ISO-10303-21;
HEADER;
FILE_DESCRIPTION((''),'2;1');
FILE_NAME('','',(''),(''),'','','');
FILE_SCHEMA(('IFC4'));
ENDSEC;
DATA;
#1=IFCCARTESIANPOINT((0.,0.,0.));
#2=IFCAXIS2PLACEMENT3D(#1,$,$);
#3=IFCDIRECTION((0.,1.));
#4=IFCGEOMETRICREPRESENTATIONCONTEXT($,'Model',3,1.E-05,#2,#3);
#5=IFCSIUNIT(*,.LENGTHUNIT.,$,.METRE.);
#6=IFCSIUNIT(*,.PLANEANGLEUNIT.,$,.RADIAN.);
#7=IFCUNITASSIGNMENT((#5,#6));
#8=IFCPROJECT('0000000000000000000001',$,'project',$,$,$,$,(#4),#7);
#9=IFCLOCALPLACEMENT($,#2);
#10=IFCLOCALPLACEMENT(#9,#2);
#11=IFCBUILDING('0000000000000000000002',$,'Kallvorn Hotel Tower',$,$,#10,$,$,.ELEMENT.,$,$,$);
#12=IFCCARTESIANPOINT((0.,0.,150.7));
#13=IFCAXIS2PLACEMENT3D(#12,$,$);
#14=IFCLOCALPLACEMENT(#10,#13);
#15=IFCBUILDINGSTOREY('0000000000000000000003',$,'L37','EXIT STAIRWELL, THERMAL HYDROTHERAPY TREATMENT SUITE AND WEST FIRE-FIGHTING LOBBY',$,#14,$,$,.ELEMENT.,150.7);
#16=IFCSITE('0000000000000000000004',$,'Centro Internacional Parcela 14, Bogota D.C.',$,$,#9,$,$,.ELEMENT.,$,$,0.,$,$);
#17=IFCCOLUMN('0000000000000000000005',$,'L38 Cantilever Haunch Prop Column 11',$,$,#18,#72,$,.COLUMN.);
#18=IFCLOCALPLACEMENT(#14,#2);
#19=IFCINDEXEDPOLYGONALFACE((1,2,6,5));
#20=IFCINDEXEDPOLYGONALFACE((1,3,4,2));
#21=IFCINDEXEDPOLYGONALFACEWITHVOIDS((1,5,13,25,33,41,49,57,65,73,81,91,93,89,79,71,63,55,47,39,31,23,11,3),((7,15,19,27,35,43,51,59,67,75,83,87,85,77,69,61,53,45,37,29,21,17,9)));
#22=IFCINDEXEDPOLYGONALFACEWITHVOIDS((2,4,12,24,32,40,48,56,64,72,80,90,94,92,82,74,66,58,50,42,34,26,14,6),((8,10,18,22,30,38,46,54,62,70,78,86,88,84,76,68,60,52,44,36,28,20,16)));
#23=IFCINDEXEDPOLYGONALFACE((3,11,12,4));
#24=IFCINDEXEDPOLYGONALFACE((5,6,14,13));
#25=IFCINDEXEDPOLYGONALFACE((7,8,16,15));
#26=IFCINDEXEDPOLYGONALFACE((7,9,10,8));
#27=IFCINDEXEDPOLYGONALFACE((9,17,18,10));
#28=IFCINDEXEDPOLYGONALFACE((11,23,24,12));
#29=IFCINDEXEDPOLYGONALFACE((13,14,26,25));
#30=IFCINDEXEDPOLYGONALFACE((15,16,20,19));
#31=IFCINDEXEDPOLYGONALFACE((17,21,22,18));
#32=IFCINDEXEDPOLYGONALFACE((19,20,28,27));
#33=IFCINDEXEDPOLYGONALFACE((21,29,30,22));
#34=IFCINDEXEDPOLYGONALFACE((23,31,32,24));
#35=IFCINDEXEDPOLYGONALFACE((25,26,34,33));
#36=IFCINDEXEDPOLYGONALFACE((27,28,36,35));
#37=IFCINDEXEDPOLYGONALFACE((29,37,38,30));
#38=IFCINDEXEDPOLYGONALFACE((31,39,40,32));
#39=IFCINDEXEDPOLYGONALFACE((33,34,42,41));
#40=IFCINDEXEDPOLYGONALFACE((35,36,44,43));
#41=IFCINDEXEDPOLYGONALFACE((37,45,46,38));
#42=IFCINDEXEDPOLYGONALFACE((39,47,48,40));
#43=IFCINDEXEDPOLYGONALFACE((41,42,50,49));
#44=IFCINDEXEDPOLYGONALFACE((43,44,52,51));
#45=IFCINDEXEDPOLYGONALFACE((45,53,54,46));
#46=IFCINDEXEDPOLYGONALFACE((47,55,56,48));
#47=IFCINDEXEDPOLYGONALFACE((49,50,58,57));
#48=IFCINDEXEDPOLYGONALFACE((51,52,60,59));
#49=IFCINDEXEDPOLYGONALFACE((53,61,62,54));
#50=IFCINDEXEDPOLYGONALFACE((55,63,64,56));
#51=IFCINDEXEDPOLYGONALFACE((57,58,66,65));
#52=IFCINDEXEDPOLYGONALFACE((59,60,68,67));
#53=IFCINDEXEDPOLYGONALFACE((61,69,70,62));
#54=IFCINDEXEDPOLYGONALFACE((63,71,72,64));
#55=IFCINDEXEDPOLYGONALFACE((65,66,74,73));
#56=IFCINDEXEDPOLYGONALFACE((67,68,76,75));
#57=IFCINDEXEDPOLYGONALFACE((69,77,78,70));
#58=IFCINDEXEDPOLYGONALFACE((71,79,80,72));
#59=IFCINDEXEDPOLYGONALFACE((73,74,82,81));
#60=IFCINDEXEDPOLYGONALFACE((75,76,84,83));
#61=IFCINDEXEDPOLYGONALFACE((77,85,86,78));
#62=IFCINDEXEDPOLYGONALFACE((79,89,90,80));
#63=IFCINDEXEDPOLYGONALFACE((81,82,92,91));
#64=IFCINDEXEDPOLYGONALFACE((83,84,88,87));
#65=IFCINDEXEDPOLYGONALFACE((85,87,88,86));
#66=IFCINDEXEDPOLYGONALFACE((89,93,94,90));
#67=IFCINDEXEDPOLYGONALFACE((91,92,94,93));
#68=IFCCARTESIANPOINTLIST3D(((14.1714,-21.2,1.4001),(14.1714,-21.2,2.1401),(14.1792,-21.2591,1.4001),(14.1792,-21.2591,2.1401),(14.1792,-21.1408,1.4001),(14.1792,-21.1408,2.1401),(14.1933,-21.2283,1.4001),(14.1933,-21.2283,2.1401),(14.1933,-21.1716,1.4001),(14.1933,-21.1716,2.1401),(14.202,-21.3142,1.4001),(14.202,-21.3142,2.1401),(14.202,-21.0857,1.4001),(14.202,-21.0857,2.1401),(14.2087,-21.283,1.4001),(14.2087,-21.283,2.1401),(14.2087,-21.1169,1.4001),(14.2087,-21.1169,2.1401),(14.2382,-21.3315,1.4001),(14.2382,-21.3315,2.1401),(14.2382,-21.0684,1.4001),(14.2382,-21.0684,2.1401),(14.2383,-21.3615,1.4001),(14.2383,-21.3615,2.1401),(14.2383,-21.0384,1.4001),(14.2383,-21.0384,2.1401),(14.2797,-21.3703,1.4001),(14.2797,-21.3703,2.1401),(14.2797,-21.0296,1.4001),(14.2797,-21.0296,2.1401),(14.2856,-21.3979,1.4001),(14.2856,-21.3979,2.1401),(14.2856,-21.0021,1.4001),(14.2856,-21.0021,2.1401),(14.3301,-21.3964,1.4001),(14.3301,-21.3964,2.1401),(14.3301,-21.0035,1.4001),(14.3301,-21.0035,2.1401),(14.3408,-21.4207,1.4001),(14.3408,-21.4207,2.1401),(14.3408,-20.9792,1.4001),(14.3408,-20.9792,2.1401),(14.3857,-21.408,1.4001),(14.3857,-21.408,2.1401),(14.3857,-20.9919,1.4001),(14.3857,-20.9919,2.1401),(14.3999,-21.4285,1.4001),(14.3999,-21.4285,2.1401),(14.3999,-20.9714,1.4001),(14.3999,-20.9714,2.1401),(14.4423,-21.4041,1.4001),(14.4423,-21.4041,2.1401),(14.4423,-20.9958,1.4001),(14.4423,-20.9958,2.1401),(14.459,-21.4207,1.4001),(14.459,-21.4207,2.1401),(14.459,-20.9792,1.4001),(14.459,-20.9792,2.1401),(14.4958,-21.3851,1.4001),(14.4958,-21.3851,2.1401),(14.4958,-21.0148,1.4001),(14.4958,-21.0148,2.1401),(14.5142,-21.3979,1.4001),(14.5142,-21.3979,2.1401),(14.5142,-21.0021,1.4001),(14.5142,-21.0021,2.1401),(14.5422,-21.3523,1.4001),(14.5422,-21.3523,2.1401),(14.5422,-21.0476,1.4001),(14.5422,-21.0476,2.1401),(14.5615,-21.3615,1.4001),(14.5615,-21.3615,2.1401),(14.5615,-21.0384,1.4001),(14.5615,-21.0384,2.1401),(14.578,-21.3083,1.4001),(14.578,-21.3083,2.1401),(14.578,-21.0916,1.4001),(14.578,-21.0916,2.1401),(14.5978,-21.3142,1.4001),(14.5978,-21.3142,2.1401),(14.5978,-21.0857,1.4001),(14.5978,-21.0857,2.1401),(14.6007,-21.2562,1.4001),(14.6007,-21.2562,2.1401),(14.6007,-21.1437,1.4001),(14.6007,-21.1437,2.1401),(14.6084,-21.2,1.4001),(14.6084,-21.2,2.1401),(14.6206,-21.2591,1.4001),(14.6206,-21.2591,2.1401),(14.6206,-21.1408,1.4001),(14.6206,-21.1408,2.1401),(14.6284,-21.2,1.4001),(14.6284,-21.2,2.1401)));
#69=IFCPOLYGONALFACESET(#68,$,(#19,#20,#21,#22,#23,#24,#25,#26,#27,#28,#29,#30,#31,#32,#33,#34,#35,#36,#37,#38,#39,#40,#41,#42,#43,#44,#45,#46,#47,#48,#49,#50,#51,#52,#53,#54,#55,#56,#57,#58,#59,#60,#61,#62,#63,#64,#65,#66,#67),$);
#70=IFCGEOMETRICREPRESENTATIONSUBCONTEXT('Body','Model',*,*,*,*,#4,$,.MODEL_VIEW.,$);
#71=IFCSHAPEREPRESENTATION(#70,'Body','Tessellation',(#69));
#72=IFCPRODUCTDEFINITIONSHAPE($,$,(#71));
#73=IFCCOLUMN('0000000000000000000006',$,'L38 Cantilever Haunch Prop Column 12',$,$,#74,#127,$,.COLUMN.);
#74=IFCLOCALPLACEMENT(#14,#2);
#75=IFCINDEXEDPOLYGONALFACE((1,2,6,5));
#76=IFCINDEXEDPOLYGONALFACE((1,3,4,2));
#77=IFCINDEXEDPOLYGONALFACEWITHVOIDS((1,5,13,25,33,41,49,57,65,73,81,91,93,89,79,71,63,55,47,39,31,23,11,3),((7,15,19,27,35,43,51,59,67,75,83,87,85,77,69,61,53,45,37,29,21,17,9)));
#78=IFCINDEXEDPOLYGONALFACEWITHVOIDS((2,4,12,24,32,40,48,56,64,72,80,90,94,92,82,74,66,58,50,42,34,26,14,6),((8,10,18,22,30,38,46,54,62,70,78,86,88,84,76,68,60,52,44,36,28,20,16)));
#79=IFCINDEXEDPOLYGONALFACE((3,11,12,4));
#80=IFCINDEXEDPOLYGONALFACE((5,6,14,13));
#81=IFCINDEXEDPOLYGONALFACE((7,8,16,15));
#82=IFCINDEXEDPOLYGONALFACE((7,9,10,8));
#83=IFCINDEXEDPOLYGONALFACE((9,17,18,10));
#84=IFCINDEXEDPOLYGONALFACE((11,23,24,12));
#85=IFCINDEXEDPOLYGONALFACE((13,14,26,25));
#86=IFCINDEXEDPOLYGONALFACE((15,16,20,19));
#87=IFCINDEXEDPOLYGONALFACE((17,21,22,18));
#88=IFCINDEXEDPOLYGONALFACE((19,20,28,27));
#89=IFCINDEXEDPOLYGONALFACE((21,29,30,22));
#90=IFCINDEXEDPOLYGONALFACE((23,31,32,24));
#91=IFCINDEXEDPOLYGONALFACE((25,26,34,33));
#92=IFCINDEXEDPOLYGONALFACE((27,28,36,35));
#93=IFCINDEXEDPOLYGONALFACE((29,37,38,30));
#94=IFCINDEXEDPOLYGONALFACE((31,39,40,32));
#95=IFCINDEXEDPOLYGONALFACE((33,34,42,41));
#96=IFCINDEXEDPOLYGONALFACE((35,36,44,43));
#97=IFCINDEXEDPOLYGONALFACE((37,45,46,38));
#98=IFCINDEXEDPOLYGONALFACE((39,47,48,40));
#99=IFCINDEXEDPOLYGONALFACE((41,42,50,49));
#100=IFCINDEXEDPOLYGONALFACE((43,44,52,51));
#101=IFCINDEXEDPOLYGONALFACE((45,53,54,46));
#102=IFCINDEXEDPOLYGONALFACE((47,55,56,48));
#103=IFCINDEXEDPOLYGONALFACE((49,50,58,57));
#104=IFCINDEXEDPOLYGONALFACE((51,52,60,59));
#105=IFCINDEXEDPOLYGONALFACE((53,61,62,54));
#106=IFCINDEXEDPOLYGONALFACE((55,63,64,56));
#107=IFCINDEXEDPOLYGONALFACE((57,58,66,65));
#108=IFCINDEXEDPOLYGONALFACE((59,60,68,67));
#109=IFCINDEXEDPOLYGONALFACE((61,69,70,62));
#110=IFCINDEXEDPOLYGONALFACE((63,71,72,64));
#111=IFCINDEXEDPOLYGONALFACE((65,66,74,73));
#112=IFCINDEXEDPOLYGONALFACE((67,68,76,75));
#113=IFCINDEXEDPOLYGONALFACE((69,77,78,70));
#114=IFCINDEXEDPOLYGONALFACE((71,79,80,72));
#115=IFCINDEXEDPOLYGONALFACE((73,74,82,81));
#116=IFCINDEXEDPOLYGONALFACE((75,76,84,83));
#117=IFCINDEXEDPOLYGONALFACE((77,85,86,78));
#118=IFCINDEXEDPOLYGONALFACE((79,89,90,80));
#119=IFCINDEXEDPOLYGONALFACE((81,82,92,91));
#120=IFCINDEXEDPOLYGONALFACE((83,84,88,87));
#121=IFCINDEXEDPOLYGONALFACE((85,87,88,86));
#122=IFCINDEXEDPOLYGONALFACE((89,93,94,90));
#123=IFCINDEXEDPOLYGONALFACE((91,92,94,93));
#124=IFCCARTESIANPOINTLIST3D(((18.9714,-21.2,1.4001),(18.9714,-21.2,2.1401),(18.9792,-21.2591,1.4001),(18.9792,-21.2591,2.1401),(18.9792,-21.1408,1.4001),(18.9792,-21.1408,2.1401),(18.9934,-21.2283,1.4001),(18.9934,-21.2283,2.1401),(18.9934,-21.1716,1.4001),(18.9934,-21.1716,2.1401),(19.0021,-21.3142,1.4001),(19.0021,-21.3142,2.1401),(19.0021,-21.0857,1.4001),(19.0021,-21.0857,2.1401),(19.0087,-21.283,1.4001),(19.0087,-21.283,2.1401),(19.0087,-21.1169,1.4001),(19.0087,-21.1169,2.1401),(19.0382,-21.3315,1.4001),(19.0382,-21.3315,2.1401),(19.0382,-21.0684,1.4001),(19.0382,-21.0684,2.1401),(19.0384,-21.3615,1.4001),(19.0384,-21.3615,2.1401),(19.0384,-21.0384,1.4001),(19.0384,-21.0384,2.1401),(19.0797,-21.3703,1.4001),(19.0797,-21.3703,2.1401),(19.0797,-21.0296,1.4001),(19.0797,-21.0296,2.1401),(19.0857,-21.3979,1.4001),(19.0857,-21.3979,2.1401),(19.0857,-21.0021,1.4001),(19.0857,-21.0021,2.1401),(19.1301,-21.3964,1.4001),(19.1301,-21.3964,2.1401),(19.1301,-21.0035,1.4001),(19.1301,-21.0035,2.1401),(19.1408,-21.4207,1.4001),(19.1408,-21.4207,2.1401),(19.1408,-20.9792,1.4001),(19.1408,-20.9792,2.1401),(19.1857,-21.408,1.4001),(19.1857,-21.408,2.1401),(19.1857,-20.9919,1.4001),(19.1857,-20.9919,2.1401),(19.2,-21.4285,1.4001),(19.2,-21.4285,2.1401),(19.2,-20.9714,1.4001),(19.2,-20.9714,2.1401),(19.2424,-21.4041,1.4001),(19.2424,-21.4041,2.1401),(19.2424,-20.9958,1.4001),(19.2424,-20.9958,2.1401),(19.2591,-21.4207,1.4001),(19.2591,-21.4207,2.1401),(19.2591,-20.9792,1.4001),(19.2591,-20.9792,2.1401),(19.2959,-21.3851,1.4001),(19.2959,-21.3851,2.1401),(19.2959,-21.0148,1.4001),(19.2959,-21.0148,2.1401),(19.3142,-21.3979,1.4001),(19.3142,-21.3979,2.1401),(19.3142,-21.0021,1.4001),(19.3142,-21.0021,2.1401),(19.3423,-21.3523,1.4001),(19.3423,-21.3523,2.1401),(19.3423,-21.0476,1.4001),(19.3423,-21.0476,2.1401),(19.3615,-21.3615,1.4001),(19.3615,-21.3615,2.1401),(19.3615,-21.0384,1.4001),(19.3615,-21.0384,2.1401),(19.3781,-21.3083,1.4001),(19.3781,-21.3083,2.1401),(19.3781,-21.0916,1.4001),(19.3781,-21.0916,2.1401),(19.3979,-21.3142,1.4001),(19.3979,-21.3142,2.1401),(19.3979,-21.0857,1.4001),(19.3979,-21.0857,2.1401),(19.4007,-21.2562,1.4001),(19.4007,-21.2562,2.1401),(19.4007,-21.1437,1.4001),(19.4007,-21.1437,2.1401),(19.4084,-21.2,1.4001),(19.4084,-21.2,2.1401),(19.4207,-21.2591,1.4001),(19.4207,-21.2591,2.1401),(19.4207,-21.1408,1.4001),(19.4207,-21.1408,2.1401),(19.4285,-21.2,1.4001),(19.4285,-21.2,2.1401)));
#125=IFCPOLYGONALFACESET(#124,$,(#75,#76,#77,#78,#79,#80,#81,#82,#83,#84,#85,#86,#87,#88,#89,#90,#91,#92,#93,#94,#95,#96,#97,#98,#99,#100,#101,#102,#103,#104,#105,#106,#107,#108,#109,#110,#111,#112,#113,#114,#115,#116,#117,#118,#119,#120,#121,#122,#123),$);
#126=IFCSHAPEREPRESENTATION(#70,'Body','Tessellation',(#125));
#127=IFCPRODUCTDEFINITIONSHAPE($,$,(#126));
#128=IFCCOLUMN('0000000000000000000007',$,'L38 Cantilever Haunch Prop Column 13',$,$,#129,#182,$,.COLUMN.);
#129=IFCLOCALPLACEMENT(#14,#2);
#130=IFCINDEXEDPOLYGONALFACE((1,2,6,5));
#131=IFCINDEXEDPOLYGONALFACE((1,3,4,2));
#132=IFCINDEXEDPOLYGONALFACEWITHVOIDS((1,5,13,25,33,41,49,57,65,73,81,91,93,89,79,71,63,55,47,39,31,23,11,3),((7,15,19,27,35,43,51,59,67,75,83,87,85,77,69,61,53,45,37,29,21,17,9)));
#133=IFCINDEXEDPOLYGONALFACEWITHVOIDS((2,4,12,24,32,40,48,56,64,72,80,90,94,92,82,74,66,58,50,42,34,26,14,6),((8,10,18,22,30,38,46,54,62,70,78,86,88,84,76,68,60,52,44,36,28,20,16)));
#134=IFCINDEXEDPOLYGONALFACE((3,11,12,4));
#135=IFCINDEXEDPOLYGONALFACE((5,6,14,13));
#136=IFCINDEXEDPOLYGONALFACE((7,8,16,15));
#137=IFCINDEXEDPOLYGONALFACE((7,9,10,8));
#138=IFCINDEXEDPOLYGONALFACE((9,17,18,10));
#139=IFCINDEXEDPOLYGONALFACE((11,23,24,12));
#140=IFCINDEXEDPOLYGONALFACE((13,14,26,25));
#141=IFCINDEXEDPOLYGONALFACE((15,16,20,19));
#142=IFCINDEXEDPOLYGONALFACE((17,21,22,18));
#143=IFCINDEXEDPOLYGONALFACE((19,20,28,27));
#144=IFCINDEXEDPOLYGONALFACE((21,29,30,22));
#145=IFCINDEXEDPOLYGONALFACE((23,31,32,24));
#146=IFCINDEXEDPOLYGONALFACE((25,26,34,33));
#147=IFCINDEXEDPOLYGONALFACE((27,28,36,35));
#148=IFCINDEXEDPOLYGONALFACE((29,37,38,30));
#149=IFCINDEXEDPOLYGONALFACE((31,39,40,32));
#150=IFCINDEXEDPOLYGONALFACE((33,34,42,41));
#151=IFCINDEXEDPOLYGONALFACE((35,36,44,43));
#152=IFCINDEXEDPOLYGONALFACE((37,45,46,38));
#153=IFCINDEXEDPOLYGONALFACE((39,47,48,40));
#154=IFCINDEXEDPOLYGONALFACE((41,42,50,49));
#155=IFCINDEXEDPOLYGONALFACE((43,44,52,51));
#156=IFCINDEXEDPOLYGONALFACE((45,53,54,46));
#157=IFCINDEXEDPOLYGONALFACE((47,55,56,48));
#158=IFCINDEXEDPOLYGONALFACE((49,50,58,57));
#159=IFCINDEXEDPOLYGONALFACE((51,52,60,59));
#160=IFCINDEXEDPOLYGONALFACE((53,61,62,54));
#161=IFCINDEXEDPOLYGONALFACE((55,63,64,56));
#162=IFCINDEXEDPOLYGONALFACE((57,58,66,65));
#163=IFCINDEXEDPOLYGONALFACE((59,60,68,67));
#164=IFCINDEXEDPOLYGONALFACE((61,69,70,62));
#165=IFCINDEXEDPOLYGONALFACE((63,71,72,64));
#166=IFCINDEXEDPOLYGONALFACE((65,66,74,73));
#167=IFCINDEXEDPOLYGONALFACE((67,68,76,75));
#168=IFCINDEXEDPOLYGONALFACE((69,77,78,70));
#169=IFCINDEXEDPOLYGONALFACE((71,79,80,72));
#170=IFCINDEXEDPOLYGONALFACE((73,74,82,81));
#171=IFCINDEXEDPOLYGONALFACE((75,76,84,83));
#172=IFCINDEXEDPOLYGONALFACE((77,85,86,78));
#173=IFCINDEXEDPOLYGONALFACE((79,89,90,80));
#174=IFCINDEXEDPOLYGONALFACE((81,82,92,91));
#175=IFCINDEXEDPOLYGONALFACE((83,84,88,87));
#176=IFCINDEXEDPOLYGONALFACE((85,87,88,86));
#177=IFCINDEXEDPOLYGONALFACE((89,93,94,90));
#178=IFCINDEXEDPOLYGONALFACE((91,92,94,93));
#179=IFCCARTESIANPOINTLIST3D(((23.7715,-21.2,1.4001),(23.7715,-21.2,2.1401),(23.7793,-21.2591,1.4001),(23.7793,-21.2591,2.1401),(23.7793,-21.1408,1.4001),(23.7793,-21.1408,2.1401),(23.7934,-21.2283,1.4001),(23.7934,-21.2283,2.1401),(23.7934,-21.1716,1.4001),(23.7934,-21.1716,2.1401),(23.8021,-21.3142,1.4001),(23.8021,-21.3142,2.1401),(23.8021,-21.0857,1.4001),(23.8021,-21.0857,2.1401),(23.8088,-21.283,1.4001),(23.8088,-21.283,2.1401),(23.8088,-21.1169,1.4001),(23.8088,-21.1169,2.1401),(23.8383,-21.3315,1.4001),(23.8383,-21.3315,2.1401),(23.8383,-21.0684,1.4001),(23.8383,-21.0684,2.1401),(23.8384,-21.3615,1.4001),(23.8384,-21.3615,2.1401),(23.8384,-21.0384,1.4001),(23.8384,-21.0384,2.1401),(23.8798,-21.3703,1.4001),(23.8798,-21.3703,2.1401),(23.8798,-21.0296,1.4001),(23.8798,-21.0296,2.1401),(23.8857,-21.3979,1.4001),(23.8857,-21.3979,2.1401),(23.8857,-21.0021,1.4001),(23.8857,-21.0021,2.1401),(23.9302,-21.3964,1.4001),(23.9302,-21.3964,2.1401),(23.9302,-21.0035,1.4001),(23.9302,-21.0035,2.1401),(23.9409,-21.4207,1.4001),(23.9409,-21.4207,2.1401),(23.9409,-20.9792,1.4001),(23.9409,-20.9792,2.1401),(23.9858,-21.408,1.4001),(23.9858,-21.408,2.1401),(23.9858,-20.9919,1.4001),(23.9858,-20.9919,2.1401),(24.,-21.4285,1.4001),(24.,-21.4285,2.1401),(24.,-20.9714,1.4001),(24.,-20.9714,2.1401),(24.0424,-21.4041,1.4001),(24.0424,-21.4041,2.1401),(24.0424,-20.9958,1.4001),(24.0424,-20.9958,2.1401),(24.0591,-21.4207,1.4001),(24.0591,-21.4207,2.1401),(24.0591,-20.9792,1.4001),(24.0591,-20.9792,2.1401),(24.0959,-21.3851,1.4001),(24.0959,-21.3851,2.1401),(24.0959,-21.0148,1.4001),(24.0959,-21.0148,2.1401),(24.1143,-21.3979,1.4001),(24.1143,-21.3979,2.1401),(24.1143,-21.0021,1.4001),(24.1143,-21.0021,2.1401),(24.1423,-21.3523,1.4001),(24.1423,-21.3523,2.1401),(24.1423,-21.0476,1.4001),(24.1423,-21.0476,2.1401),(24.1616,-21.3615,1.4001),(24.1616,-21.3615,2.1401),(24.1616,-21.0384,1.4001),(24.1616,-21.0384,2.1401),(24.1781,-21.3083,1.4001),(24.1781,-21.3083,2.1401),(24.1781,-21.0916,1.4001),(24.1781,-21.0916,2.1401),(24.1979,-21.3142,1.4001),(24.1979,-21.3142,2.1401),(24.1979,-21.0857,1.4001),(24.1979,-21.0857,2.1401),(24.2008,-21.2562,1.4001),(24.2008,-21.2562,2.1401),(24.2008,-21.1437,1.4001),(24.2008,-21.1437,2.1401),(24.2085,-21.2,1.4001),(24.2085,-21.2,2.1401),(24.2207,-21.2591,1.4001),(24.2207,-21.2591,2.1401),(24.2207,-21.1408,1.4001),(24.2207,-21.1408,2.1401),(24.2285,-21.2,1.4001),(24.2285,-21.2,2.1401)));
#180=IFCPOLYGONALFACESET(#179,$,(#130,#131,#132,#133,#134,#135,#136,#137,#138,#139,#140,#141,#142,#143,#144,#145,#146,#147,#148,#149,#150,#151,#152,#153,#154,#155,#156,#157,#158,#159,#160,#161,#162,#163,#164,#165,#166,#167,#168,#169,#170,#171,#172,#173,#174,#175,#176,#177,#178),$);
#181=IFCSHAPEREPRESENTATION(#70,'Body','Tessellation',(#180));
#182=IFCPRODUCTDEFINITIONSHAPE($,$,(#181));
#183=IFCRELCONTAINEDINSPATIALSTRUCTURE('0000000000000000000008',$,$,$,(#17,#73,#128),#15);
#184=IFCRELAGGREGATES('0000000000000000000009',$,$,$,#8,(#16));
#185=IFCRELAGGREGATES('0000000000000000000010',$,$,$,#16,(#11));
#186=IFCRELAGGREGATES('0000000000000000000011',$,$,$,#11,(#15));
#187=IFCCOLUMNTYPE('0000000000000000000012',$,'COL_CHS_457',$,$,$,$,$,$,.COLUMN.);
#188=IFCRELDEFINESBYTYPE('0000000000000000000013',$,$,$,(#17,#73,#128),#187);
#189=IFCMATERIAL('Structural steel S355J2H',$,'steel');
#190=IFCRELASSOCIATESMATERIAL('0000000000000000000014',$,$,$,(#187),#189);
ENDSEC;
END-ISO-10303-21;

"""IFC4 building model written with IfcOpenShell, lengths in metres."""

from ifc_helpers import new_model, si_unit, direction, frame, origin, origin_2d, place, context, subcontext, project, spatial, hollow_circle, extrude, material, material_profile, profile_set, type_object, element, save


model = new_model("IFC4")

# Units and contexts
model_context = context("Model", 3, precision=1e-05, world=origin(), true_north=direction((0.0, 1.0)))
body_context = subcontext(model_context, "Body", "Model", "MODEL_VIEW")
ifc_project = project(units=[si_unit("LENGTHUNIT", "METRE"), si_unit("PLANEANGLEUNIT", "RADIAN")], contexts=[model_context])

# Site, building, storey
site_placement = place(None, origin())
site = spatial("IfcSite", under=ifc_project, at=site_placement, Name="Centro Internacional Parcela 14, Bogota D.C.", CompositionType="ELEMENT", RefElevation=0.0)
building_placement = place(site_placement, origin())
building = spatial("IfcBuilding", under=site, at=building_placement, Name="Kallvorn Hotel Tower", CompositionType="ELEMENT")
storey_placement = place(building_placement, frame((0.0, 0.0, 150.7)))
storey = spatial("IfcBuildingStorey", under=building, at=storey_placement, Name="L37", Description="EXIT STAIRWELL, THERMAL HYDROTHERAPY TREATMENT SUITE AND WEST FIRE-FIGHTING LOBBY", CompositionType="ELEMENT", Elevation=150.7)

# Columns
ifc_material_1 = material(Name="Structural steel S355J2H", Category="steel")
ifc_material_profile_1 = material_profile(ifc_material_1, hollow_circle(Radius=0.2285, WallThickness=0.02, at=origin_2d()), Name="CHS 457x20")
ifc_profile_set_1 = profile_set([ifc_material_profile_1], Name="Structural steel S355J2H")
column_type_1 = type_object("IfcColumnType", Name="COL_CHS_457", PredefinedType="COLUMN", material=ifc_profile_set_1)
for number, where, z_axis, x_axis, name in (
    (1, (14.3999, -21.2, 1.4001), (0.0, 0.0, 1.0), (1.0, 0.0, 0.0), "L38 Cantilever Haunch Prop Column 11"),
    (2, (19.2, -21.2, 1.4001), (0.0, 0.0, 1.0), (1.0, 0.0, 0.0), "L38 Cantilever Haunch Prop Column 12"),
    (3, (24.0, -21.2, 1.4001), (0.0, 0.0, 1.0), (1.0, 0.0, 0.0), "L38 Cantilever Haunch Prop Column 13"),
):
    element("IfcColumn", number, at=place(storey_placement, frame(where, z_axis=z_axis, x_axis=x_axis)), inside=storey, type_object=column_type_1, Name=name, PredefinedType="COLUMN", context=body_context, shape_type="SweptSolid", body=[
        extrude(hollow_circle(Radius=0.2285, WallThickness=0.02, at=origin_2d()), origin(), (0.0, 0.0, 1.0), 0.74),
    ])

save(model, "model.ifc")
